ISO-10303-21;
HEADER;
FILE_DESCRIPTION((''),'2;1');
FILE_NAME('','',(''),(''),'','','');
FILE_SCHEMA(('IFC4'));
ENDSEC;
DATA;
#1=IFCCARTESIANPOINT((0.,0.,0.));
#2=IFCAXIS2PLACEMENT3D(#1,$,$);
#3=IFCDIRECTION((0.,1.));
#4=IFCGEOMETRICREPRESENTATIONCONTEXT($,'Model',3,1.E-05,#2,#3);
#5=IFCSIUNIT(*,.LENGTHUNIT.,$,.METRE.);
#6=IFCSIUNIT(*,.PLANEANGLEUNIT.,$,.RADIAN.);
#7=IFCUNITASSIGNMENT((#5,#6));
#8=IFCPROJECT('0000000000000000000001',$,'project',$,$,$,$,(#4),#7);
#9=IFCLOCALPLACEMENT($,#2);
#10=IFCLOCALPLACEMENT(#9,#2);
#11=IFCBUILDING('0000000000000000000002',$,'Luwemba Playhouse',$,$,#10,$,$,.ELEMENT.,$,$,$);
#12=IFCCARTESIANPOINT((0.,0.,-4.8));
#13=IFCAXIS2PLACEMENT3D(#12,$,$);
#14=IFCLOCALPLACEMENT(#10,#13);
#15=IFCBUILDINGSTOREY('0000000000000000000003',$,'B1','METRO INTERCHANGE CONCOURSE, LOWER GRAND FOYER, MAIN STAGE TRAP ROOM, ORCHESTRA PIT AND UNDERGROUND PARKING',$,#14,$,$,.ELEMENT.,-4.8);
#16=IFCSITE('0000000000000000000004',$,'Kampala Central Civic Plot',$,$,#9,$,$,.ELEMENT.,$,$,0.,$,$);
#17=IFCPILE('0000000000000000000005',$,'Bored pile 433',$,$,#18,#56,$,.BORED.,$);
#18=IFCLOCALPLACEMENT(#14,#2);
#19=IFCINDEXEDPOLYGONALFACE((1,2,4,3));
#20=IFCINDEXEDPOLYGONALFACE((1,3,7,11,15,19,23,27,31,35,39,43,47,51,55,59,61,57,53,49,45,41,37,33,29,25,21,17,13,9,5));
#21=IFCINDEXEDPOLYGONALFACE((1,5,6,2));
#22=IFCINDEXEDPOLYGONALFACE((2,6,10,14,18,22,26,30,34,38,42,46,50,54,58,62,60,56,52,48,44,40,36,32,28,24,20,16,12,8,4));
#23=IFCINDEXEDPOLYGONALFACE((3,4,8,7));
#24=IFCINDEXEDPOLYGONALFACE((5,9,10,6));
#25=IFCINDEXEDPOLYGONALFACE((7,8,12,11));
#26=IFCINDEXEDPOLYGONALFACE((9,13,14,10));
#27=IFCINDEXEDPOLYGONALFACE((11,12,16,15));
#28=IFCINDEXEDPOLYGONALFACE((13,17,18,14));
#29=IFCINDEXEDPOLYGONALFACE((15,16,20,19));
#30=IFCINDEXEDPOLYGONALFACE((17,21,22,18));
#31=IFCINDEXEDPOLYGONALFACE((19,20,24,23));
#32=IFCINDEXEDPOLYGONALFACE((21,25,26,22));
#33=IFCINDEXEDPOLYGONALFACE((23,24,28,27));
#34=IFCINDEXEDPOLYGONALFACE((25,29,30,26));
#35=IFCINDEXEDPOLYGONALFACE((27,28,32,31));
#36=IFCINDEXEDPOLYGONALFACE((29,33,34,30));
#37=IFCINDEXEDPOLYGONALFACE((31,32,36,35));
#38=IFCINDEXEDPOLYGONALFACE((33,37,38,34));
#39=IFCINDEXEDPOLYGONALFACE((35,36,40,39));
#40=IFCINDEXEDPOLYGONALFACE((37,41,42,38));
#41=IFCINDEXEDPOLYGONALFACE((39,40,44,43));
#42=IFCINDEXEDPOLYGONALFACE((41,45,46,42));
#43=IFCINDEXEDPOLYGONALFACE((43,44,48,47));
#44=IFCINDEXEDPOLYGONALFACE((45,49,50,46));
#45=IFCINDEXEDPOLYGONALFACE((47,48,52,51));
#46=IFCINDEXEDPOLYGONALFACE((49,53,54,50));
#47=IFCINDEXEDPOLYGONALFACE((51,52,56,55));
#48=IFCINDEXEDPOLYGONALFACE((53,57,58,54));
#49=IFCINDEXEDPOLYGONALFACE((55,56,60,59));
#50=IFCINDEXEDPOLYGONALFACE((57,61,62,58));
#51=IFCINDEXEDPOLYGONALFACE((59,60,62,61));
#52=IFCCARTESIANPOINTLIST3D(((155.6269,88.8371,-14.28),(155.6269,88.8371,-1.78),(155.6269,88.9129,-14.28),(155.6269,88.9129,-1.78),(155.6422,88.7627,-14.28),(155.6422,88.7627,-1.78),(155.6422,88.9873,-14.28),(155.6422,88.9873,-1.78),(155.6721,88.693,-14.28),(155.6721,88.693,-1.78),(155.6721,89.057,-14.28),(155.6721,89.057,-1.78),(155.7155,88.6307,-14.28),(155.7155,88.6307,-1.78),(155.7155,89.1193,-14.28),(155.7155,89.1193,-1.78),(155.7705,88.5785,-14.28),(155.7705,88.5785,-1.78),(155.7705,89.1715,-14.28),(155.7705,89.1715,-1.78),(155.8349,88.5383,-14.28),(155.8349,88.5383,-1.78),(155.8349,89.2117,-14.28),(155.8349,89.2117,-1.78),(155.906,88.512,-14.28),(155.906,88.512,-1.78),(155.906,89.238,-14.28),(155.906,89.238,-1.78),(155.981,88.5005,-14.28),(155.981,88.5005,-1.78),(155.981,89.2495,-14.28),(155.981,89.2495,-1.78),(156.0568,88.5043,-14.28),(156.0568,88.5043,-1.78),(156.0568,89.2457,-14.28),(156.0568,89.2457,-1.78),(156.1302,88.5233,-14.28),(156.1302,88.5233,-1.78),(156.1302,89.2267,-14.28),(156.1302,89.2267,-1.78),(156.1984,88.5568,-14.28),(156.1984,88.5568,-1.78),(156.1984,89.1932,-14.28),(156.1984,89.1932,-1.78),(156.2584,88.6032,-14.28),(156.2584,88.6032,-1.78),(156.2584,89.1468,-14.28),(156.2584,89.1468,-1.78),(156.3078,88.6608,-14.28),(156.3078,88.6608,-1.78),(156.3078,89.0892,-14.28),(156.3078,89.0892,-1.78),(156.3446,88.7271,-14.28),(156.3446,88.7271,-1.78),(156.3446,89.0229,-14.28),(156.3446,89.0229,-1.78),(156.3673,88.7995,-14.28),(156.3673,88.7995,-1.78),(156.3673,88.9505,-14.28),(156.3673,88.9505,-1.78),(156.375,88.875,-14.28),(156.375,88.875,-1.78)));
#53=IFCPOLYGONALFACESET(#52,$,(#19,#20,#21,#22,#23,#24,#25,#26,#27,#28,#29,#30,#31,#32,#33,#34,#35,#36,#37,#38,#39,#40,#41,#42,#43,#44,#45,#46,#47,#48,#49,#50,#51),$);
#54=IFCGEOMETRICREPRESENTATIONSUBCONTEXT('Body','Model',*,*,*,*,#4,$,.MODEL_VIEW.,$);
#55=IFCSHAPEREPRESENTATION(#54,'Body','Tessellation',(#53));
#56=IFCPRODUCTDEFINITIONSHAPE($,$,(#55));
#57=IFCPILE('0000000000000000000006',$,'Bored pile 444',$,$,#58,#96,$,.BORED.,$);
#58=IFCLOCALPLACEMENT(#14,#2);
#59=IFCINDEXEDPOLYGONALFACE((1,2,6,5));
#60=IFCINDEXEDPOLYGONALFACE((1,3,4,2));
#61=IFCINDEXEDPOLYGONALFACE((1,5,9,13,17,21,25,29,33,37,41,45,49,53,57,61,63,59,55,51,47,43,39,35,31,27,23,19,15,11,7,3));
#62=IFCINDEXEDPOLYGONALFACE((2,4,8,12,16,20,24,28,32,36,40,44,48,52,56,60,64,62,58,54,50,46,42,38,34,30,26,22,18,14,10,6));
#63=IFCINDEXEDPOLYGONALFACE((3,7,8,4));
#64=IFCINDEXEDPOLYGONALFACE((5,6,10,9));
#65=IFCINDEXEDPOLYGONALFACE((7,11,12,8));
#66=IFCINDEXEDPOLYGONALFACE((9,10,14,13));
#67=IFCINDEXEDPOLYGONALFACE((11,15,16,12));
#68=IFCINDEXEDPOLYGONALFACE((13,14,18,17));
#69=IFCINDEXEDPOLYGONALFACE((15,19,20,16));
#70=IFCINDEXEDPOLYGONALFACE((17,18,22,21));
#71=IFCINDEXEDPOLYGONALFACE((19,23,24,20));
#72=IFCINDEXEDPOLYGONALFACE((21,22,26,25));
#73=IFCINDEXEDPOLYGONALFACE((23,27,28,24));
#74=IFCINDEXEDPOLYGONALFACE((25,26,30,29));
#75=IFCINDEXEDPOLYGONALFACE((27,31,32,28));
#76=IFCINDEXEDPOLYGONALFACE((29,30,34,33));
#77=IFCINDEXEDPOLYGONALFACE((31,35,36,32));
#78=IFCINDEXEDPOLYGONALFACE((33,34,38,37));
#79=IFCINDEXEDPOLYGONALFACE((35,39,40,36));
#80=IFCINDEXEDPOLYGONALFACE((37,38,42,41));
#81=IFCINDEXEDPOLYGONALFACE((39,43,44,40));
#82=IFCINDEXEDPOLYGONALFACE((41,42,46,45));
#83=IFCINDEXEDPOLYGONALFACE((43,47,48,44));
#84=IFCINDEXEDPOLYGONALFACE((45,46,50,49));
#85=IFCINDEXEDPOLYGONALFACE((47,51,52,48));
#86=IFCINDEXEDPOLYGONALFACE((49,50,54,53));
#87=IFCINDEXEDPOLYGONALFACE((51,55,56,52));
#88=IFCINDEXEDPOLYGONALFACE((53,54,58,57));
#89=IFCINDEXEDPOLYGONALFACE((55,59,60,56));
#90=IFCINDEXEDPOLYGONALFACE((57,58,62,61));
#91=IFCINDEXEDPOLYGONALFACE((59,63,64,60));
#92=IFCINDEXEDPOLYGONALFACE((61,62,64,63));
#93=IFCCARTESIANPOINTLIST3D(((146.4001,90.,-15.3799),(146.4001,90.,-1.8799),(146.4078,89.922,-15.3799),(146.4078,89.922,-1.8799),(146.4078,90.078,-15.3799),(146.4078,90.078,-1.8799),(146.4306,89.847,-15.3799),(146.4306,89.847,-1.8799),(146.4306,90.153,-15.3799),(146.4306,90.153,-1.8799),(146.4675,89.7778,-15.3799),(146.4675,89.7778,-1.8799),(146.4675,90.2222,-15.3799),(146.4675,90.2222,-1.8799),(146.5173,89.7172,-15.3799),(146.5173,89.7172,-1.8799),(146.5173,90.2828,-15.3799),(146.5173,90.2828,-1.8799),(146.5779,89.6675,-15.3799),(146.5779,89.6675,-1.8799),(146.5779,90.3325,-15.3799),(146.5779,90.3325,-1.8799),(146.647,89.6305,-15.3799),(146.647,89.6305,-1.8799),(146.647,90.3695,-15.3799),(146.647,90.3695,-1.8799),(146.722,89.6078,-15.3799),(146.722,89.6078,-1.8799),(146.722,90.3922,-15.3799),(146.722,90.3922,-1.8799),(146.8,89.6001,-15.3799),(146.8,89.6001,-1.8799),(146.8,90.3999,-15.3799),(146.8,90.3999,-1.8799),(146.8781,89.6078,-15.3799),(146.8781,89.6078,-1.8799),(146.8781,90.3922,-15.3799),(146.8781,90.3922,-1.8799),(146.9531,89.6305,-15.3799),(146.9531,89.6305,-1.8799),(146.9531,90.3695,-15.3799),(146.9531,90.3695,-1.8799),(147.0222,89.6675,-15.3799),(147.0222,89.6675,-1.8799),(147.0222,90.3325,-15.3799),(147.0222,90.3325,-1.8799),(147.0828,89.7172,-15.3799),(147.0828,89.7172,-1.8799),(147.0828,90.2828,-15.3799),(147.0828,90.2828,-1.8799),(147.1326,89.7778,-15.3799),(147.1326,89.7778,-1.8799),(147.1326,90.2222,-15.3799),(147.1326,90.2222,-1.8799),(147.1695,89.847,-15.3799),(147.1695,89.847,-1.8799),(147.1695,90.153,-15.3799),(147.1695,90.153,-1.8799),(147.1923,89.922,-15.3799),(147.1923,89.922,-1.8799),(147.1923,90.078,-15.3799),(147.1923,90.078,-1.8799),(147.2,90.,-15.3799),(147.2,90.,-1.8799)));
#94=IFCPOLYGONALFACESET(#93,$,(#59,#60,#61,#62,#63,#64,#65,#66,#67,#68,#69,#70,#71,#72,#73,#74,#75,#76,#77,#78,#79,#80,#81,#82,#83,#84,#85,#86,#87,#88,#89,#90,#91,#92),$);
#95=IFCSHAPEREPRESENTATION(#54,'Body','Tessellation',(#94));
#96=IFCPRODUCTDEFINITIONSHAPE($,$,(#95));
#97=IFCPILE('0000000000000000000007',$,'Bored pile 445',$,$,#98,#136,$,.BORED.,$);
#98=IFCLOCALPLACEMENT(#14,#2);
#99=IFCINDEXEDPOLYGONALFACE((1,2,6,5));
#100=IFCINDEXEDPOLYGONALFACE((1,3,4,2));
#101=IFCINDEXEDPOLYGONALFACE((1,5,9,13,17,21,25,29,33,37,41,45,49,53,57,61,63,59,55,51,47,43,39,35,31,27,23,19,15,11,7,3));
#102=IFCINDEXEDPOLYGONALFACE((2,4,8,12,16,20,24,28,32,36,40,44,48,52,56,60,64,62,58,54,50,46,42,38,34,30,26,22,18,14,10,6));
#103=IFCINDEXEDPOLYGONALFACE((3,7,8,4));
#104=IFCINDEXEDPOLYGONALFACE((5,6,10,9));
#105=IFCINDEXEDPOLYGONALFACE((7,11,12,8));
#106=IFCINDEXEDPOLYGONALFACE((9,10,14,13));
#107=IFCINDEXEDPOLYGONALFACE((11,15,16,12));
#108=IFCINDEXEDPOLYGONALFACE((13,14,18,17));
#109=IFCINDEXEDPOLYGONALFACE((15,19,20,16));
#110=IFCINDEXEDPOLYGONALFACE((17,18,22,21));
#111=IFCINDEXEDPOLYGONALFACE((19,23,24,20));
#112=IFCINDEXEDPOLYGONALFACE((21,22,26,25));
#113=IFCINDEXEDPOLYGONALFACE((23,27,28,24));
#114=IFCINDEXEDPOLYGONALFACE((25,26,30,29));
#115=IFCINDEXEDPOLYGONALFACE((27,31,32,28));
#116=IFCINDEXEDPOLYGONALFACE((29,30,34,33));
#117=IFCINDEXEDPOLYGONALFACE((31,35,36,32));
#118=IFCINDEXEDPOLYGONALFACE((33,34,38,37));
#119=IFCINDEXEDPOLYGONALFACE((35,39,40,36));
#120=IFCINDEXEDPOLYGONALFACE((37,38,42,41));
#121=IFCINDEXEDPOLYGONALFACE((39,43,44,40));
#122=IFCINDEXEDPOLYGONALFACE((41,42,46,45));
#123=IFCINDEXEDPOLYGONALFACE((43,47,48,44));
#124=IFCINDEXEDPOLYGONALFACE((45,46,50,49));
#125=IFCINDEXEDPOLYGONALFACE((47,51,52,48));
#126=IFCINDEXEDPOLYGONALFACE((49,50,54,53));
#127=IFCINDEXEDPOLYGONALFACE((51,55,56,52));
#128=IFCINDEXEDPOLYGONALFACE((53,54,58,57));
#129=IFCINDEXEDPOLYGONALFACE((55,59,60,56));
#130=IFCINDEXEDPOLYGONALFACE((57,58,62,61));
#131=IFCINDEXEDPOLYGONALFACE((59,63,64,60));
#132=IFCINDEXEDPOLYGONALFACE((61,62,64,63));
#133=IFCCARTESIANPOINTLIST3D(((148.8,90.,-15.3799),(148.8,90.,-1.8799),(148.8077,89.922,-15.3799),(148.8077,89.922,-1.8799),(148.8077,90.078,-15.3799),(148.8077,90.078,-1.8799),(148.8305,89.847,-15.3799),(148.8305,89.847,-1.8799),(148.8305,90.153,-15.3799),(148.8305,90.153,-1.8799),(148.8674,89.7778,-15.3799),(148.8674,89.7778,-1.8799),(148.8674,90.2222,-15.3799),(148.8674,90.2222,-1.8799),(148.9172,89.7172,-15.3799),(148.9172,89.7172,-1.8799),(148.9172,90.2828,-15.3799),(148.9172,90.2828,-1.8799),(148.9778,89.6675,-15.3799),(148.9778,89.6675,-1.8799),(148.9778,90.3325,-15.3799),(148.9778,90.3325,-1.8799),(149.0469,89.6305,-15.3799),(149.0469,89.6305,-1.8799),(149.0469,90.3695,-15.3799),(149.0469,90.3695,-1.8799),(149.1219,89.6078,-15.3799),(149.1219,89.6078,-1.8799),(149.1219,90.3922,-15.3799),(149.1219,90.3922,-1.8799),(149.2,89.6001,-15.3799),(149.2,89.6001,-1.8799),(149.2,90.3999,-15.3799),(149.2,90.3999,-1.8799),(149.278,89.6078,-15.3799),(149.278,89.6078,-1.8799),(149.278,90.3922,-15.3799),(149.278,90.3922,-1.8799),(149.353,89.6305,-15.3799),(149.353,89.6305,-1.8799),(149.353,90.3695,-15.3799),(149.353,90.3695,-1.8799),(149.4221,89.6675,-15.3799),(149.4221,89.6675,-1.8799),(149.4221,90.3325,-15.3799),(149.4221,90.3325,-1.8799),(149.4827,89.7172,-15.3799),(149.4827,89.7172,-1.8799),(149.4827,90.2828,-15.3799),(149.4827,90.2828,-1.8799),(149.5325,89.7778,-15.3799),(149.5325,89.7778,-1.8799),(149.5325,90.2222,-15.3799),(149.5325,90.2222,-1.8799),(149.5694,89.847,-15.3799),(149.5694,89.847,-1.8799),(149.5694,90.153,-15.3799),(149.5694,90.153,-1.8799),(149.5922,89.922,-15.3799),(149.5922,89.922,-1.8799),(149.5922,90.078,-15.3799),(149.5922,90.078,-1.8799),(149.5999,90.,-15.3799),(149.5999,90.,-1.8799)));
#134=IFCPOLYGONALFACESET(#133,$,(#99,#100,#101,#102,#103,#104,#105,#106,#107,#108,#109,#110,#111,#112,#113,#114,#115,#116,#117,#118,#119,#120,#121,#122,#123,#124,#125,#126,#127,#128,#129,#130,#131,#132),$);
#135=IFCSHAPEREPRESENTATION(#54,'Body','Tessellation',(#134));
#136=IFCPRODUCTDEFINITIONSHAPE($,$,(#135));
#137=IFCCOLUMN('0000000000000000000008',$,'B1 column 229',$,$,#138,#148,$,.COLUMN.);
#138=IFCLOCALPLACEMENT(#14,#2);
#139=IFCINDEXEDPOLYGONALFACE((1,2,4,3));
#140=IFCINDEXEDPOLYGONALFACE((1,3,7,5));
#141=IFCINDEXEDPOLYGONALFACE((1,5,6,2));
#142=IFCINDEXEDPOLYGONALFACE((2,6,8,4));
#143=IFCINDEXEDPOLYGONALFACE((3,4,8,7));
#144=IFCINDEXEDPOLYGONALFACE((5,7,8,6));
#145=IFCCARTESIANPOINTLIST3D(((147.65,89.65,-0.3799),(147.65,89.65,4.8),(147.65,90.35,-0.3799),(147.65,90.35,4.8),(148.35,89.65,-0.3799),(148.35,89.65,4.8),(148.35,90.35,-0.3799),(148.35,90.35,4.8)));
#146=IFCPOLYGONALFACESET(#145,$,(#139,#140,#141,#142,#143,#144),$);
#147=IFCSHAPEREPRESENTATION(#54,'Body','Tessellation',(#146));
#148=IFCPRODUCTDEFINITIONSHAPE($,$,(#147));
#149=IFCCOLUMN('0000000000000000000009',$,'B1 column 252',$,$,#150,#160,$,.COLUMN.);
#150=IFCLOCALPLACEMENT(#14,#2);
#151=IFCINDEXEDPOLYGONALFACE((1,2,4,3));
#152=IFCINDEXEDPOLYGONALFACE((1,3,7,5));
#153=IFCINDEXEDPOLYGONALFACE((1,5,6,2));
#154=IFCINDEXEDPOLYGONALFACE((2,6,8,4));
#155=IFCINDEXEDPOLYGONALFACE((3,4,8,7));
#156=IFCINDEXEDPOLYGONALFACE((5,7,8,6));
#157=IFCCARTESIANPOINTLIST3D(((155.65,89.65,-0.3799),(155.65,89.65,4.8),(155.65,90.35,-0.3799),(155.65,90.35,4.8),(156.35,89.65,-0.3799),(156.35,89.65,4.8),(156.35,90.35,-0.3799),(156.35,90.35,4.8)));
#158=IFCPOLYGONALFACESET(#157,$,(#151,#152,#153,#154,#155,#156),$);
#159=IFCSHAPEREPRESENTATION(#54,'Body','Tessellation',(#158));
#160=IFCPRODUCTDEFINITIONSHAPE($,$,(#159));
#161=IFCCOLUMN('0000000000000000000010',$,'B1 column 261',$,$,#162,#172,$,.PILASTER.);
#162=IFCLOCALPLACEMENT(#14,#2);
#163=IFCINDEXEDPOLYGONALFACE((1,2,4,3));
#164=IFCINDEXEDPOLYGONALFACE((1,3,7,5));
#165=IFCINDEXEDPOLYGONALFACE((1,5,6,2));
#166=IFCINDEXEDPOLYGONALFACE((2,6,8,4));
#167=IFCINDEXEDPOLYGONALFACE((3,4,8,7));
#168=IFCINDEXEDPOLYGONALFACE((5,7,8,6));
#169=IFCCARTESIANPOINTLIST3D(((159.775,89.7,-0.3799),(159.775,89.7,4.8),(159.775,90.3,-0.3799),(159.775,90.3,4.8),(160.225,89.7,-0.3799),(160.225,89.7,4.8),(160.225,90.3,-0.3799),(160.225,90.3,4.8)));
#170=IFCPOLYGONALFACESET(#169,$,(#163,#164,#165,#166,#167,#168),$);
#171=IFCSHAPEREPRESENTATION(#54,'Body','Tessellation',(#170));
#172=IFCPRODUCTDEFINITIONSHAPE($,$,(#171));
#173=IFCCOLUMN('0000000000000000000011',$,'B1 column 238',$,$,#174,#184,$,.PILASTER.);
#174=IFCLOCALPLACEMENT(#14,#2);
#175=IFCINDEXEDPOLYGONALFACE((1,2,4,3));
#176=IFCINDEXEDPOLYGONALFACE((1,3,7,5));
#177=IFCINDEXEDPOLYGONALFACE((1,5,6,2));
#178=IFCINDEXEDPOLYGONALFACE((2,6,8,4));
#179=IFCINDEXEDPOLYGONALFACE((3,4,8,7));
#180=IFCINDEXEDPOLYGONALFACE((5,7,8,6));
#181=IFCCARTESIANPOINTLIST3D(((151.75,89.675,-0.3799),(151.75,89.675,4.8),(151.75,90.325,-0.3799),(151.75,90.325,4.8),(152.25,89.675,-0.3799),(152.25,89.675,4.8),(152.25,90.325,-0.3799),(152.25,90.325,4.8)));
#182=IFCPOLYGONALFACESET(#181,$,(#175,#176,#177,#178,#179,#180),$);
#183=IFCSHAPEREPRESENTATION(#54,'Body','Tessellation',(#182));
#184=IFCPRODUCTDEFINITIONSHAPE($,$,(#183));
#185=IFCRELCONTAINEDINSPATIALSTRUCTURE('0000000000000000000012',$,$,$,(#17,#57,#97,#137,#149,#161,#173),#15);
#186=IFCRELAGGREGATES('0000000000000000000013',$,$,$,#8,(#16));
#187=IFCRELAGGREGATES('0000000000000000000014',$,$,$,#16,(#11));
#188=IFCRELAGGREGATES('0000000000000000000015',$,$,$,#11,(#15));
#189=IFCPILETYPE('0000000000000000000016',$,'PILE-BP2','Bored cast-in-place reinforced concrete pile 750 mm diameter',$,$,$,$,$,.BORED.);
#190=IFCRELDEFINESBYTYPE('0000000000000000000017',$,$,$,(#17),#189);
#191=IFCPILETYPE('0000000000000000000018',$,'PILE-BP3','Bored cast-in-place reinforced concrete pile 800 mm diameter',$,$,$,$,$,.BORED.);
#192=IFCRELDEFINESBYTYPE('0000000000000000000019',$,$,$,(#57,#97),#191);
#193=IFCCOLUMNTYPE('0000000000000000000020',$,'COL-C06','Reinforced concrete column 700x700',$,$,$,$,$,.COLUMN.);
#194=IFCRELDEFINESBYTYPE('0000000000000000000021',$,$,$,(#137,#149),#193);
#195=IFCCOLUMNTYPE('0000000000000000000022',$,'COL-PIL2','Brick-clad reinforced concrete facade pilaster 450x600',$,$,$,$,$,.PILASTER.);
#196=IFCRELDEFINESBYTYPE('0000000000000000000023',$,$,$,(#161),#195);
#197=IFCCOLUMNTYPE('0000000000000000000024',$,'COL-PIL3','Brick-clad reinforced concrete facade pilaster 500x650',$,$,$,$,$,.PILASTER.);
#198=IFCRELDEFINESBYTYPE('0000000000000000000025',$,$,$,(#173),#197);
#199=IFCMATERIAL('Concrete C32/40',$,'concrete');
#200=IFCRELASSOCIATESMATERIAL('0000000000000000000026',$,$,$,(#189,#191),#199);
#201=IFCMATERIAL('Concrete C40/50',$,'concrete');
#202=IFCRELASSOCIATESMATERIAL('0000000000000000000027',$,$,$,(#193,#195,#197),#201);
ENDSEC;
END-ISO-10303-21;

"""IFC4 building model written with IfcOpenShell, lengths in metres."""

from ifc_helpers import new_model, si_unit, direction, frame, origin, origin_2d, place, context, subcontext, project, spatial, rectangle, circle, extrude, material, material_profile, profile_set, type_object, element, save


model = new_model("IFC4")

# Units and contexts
model_context = context("Model", 3, precision=1e-05, world=origin(), true_north=direction((0.0, 1.0)))
body_context = subcontext(model_context, "Body", "Model", "MODEL_VIEW")
ifc_project = project(units=[si_unit("LENGTHUNIT", "METRE"), si_unit("PLANEANGLEUNIT", "RADIAN")], contexts=[model_context])

# Site, building, storey
site_placement = place(None, origin())
site = spatial("IfcSite", under=ifc_project, at=site_placement, Name="Kampala Central Civic Plot", CompositionType="ELEMENT", RefElevation=0.0)
building_placement = place(site_placement, origin())
building = spatial("IfcBuilding", under=site, at=building_placement, Name="Luwemba Playhouse", CompositionType="ELEMENT")
storey_placement = place(building_placement, frame((0.0, 0.0, -4.8)))
storey = spatial("IfcBuildingStorey", under=building, at=storey_placement, Name="B1", Description="METRO INTERCHANGE CONCOURSE, LOWER GRAND FOYER, MAIN STAGE TRAP ROOM, ORCHESTRA PIT AND UNDERGROUND PARKING", CompositionType="ELEMENT", Elevation=-4.8)

# Shared definitions
ifc_material_1 = material(Name="Concrete C32/40", Category="concrete")

# Piles
ifc_material_profile_1 = material_profile(ifc_material_1, circle(Radius=0.375, at=origin_2d()))
ifc_profile_set_1 = profile_set([ifc_material_profile_1], Name="Concrete C32/40")
pile_type_1 = type_object("IfcPileType", Name="PILE-BP2", Description="Bored cast-in-place reinforced concrete pile 750 mm diameter", PredefinedType="BORED", material=ifc_profile_set_1)
for number, where, z_axis, x_axis, name in (
    (1, (156.0, 88.875, -1.78), (0.0, 0.0, -1.0), (1.0, 0.0, 0.0), "Bored pile 433"),
):
    element("IfcPile", number, at=place(storey_placement, frame(where, z_axis=z_axis, x_axis=x_axis)), inside=storey, type_object=pile_type_1, Name=name, PredefinedType="BORED", context=body_context, shape_type="SweptSolid", body=[
        extrude(circle(Radius=0.375, at=origin_2d()), origin(), (0.0, 0.0, 1.0), 12.5),
    ])
ifc_material_profile_2 = material_profile(ifc_material_1, circle(Radius=0.3999, at=origin_2d()))
ifc_profile_set_2 = profile_set([ifc_material_profile_2], Name="Concrete C32/40")
pile_type_2 = type_object("IfcPileType", Name="PILE-BP3", Description="Bored cast-in-place reinforced concrete pile 800 mm diameter", PredefinedType="BORED", material=ifc_profile_set_2)
for number, where, z_axis, x_axis, name in (
    (2, (146.8, 90.0, -1.8799), (0.0, 0.0, -1.0), (1.0, 0.0, 0.0), "Bored pile 444"),
    (3, (149.2, 90.0, -1.8799), (0.0, 0.0, -1.0), (1.0, 0.0, 0.0), "Bored pile 445"),
):
    element("IfcPile", number, at=place(storey_placement, frame(where, z_axis=z_axis, x_axis=x_axis)), inside=storey, type_object=pile_type_2, Name=name, PredefinedType="BORED", context=body_context, shape_type="SweptSolid", body=[
        extrude(circle(Radius=0.3999, at=origin_2d()), origin(), (0.0, 0.0, 1.0), 13.5),
    ])

# Columns
ifc_material_2 = material(Name="Concrete C40/50", Category="concrete")
ifc_material_profile_3 = material_profile(ifc_material_2, rectangle(XDim=0.7, YDim=0.7, at=origin_2d()))
ifc_profile_set_3 = profile_set([ifc_material_profile_3], Name="Concrete C40/50")
column_type_1 = type_object("IfcColumnType", Name="COL-C06", Description="Reinforced concrete column 700x700", PredefinedType="COLUMN", material=ifc_profile_set_3)
for number, where, z_axis, x_axis, name in (
    (4, (148.0, 90.0, -0.3799), (0.0, 0.0, 1.0), (1.0, 0.0, 0.0), "B1 column 229"),
    (5, (156.0, 90.0, -0.3799), (0.0, 0.0, 1.0), (1.0, 0.0, 0.0), "B1 column 252"),
):
    element("IfcColumn", number, at=place(storey_placement, frame(where, z_axis=z_axis, x_axis=x_axis)), inside=storey, type_object=column_type_1, Name=name, PredefinedType="COLUMN", context=body_context, shape_type="SweptSolid", body=[
        extrude(rectangle(XDim=0.7, YDim=0.7, at=origin_2d()), origin(), (0.0, 0.0, 1.0), 5.1799),
    ])
ifc_material_profile_4 = material_profile(ifc_material_2, rectangle(XDim=0.45, YDim=0.6001, at=origin_2d()))
ifc_profile_set_4 = profile_set([ifc_material_profile_4], Name="Concrete C40/50")
column_type_2 = type_object("IfcColumnType", Name="COL-PIL2", Description="Brick-clad reinforced concrete facade pilaster 450x600", PredefinedType="PILASTER", material=ifc_profile_set_4)
column_1_placement = place(storey_placement, frame((160.0, 90.0, -0.3799), z_axis=(0.0, 0.0, 1.0), x_axis=(1.0, 0.0, 0.0)))
element("IfcColumn", 6, at=column_1_placement, inside=storey, type_object=column_type_2, Name="B1 column 261", PredefinedType="PILASTER", context=body_context, shape_type="SweptSolid", body=[
    extrude(rectangle(XDim=0.45, YDim=0.6001, at=origin_2d()), origin(), (0.0, 0.0, 1.0), 5.1799),
])
ifc_material_profile_5 = material_profile(ifc_material_2, rectangle(XDim=0.5, YDim=0.6499, at=origin_2d()))
ifc_profile_set_5 = profile_set([ifc_material_profile_5], Name="Concrete C40/50")
column_type_3 = type_object("IfcColumnType", Name="COL-PIL3", Description="Brick-clad reinforced concrete facade pilaster 500x650", PredefinedType="PILASTER", material=ifc_profile_set_5)
column_2_placement = place(storey_placement, frame((152.0, 90.0, -0.3799), z_axis=(0.0, 0.0, 1.0), x_axis=(1.0, 0.0, 0.0)))
element("IfcColumn", 7, at=column_2_placement, inside=storey, type_object=column_type_3, Name="B1 column 238", PredefinedType="PILASTER", context=body_context, shape_type="SweptSolid", body=[
    extrude(rectangle(XDim=0.5, YDim=0.6499, at=origin_2d()), origin(), (0.0, 0.0, 1.0), 5.1799),
])

save(model, "model.ifc")
